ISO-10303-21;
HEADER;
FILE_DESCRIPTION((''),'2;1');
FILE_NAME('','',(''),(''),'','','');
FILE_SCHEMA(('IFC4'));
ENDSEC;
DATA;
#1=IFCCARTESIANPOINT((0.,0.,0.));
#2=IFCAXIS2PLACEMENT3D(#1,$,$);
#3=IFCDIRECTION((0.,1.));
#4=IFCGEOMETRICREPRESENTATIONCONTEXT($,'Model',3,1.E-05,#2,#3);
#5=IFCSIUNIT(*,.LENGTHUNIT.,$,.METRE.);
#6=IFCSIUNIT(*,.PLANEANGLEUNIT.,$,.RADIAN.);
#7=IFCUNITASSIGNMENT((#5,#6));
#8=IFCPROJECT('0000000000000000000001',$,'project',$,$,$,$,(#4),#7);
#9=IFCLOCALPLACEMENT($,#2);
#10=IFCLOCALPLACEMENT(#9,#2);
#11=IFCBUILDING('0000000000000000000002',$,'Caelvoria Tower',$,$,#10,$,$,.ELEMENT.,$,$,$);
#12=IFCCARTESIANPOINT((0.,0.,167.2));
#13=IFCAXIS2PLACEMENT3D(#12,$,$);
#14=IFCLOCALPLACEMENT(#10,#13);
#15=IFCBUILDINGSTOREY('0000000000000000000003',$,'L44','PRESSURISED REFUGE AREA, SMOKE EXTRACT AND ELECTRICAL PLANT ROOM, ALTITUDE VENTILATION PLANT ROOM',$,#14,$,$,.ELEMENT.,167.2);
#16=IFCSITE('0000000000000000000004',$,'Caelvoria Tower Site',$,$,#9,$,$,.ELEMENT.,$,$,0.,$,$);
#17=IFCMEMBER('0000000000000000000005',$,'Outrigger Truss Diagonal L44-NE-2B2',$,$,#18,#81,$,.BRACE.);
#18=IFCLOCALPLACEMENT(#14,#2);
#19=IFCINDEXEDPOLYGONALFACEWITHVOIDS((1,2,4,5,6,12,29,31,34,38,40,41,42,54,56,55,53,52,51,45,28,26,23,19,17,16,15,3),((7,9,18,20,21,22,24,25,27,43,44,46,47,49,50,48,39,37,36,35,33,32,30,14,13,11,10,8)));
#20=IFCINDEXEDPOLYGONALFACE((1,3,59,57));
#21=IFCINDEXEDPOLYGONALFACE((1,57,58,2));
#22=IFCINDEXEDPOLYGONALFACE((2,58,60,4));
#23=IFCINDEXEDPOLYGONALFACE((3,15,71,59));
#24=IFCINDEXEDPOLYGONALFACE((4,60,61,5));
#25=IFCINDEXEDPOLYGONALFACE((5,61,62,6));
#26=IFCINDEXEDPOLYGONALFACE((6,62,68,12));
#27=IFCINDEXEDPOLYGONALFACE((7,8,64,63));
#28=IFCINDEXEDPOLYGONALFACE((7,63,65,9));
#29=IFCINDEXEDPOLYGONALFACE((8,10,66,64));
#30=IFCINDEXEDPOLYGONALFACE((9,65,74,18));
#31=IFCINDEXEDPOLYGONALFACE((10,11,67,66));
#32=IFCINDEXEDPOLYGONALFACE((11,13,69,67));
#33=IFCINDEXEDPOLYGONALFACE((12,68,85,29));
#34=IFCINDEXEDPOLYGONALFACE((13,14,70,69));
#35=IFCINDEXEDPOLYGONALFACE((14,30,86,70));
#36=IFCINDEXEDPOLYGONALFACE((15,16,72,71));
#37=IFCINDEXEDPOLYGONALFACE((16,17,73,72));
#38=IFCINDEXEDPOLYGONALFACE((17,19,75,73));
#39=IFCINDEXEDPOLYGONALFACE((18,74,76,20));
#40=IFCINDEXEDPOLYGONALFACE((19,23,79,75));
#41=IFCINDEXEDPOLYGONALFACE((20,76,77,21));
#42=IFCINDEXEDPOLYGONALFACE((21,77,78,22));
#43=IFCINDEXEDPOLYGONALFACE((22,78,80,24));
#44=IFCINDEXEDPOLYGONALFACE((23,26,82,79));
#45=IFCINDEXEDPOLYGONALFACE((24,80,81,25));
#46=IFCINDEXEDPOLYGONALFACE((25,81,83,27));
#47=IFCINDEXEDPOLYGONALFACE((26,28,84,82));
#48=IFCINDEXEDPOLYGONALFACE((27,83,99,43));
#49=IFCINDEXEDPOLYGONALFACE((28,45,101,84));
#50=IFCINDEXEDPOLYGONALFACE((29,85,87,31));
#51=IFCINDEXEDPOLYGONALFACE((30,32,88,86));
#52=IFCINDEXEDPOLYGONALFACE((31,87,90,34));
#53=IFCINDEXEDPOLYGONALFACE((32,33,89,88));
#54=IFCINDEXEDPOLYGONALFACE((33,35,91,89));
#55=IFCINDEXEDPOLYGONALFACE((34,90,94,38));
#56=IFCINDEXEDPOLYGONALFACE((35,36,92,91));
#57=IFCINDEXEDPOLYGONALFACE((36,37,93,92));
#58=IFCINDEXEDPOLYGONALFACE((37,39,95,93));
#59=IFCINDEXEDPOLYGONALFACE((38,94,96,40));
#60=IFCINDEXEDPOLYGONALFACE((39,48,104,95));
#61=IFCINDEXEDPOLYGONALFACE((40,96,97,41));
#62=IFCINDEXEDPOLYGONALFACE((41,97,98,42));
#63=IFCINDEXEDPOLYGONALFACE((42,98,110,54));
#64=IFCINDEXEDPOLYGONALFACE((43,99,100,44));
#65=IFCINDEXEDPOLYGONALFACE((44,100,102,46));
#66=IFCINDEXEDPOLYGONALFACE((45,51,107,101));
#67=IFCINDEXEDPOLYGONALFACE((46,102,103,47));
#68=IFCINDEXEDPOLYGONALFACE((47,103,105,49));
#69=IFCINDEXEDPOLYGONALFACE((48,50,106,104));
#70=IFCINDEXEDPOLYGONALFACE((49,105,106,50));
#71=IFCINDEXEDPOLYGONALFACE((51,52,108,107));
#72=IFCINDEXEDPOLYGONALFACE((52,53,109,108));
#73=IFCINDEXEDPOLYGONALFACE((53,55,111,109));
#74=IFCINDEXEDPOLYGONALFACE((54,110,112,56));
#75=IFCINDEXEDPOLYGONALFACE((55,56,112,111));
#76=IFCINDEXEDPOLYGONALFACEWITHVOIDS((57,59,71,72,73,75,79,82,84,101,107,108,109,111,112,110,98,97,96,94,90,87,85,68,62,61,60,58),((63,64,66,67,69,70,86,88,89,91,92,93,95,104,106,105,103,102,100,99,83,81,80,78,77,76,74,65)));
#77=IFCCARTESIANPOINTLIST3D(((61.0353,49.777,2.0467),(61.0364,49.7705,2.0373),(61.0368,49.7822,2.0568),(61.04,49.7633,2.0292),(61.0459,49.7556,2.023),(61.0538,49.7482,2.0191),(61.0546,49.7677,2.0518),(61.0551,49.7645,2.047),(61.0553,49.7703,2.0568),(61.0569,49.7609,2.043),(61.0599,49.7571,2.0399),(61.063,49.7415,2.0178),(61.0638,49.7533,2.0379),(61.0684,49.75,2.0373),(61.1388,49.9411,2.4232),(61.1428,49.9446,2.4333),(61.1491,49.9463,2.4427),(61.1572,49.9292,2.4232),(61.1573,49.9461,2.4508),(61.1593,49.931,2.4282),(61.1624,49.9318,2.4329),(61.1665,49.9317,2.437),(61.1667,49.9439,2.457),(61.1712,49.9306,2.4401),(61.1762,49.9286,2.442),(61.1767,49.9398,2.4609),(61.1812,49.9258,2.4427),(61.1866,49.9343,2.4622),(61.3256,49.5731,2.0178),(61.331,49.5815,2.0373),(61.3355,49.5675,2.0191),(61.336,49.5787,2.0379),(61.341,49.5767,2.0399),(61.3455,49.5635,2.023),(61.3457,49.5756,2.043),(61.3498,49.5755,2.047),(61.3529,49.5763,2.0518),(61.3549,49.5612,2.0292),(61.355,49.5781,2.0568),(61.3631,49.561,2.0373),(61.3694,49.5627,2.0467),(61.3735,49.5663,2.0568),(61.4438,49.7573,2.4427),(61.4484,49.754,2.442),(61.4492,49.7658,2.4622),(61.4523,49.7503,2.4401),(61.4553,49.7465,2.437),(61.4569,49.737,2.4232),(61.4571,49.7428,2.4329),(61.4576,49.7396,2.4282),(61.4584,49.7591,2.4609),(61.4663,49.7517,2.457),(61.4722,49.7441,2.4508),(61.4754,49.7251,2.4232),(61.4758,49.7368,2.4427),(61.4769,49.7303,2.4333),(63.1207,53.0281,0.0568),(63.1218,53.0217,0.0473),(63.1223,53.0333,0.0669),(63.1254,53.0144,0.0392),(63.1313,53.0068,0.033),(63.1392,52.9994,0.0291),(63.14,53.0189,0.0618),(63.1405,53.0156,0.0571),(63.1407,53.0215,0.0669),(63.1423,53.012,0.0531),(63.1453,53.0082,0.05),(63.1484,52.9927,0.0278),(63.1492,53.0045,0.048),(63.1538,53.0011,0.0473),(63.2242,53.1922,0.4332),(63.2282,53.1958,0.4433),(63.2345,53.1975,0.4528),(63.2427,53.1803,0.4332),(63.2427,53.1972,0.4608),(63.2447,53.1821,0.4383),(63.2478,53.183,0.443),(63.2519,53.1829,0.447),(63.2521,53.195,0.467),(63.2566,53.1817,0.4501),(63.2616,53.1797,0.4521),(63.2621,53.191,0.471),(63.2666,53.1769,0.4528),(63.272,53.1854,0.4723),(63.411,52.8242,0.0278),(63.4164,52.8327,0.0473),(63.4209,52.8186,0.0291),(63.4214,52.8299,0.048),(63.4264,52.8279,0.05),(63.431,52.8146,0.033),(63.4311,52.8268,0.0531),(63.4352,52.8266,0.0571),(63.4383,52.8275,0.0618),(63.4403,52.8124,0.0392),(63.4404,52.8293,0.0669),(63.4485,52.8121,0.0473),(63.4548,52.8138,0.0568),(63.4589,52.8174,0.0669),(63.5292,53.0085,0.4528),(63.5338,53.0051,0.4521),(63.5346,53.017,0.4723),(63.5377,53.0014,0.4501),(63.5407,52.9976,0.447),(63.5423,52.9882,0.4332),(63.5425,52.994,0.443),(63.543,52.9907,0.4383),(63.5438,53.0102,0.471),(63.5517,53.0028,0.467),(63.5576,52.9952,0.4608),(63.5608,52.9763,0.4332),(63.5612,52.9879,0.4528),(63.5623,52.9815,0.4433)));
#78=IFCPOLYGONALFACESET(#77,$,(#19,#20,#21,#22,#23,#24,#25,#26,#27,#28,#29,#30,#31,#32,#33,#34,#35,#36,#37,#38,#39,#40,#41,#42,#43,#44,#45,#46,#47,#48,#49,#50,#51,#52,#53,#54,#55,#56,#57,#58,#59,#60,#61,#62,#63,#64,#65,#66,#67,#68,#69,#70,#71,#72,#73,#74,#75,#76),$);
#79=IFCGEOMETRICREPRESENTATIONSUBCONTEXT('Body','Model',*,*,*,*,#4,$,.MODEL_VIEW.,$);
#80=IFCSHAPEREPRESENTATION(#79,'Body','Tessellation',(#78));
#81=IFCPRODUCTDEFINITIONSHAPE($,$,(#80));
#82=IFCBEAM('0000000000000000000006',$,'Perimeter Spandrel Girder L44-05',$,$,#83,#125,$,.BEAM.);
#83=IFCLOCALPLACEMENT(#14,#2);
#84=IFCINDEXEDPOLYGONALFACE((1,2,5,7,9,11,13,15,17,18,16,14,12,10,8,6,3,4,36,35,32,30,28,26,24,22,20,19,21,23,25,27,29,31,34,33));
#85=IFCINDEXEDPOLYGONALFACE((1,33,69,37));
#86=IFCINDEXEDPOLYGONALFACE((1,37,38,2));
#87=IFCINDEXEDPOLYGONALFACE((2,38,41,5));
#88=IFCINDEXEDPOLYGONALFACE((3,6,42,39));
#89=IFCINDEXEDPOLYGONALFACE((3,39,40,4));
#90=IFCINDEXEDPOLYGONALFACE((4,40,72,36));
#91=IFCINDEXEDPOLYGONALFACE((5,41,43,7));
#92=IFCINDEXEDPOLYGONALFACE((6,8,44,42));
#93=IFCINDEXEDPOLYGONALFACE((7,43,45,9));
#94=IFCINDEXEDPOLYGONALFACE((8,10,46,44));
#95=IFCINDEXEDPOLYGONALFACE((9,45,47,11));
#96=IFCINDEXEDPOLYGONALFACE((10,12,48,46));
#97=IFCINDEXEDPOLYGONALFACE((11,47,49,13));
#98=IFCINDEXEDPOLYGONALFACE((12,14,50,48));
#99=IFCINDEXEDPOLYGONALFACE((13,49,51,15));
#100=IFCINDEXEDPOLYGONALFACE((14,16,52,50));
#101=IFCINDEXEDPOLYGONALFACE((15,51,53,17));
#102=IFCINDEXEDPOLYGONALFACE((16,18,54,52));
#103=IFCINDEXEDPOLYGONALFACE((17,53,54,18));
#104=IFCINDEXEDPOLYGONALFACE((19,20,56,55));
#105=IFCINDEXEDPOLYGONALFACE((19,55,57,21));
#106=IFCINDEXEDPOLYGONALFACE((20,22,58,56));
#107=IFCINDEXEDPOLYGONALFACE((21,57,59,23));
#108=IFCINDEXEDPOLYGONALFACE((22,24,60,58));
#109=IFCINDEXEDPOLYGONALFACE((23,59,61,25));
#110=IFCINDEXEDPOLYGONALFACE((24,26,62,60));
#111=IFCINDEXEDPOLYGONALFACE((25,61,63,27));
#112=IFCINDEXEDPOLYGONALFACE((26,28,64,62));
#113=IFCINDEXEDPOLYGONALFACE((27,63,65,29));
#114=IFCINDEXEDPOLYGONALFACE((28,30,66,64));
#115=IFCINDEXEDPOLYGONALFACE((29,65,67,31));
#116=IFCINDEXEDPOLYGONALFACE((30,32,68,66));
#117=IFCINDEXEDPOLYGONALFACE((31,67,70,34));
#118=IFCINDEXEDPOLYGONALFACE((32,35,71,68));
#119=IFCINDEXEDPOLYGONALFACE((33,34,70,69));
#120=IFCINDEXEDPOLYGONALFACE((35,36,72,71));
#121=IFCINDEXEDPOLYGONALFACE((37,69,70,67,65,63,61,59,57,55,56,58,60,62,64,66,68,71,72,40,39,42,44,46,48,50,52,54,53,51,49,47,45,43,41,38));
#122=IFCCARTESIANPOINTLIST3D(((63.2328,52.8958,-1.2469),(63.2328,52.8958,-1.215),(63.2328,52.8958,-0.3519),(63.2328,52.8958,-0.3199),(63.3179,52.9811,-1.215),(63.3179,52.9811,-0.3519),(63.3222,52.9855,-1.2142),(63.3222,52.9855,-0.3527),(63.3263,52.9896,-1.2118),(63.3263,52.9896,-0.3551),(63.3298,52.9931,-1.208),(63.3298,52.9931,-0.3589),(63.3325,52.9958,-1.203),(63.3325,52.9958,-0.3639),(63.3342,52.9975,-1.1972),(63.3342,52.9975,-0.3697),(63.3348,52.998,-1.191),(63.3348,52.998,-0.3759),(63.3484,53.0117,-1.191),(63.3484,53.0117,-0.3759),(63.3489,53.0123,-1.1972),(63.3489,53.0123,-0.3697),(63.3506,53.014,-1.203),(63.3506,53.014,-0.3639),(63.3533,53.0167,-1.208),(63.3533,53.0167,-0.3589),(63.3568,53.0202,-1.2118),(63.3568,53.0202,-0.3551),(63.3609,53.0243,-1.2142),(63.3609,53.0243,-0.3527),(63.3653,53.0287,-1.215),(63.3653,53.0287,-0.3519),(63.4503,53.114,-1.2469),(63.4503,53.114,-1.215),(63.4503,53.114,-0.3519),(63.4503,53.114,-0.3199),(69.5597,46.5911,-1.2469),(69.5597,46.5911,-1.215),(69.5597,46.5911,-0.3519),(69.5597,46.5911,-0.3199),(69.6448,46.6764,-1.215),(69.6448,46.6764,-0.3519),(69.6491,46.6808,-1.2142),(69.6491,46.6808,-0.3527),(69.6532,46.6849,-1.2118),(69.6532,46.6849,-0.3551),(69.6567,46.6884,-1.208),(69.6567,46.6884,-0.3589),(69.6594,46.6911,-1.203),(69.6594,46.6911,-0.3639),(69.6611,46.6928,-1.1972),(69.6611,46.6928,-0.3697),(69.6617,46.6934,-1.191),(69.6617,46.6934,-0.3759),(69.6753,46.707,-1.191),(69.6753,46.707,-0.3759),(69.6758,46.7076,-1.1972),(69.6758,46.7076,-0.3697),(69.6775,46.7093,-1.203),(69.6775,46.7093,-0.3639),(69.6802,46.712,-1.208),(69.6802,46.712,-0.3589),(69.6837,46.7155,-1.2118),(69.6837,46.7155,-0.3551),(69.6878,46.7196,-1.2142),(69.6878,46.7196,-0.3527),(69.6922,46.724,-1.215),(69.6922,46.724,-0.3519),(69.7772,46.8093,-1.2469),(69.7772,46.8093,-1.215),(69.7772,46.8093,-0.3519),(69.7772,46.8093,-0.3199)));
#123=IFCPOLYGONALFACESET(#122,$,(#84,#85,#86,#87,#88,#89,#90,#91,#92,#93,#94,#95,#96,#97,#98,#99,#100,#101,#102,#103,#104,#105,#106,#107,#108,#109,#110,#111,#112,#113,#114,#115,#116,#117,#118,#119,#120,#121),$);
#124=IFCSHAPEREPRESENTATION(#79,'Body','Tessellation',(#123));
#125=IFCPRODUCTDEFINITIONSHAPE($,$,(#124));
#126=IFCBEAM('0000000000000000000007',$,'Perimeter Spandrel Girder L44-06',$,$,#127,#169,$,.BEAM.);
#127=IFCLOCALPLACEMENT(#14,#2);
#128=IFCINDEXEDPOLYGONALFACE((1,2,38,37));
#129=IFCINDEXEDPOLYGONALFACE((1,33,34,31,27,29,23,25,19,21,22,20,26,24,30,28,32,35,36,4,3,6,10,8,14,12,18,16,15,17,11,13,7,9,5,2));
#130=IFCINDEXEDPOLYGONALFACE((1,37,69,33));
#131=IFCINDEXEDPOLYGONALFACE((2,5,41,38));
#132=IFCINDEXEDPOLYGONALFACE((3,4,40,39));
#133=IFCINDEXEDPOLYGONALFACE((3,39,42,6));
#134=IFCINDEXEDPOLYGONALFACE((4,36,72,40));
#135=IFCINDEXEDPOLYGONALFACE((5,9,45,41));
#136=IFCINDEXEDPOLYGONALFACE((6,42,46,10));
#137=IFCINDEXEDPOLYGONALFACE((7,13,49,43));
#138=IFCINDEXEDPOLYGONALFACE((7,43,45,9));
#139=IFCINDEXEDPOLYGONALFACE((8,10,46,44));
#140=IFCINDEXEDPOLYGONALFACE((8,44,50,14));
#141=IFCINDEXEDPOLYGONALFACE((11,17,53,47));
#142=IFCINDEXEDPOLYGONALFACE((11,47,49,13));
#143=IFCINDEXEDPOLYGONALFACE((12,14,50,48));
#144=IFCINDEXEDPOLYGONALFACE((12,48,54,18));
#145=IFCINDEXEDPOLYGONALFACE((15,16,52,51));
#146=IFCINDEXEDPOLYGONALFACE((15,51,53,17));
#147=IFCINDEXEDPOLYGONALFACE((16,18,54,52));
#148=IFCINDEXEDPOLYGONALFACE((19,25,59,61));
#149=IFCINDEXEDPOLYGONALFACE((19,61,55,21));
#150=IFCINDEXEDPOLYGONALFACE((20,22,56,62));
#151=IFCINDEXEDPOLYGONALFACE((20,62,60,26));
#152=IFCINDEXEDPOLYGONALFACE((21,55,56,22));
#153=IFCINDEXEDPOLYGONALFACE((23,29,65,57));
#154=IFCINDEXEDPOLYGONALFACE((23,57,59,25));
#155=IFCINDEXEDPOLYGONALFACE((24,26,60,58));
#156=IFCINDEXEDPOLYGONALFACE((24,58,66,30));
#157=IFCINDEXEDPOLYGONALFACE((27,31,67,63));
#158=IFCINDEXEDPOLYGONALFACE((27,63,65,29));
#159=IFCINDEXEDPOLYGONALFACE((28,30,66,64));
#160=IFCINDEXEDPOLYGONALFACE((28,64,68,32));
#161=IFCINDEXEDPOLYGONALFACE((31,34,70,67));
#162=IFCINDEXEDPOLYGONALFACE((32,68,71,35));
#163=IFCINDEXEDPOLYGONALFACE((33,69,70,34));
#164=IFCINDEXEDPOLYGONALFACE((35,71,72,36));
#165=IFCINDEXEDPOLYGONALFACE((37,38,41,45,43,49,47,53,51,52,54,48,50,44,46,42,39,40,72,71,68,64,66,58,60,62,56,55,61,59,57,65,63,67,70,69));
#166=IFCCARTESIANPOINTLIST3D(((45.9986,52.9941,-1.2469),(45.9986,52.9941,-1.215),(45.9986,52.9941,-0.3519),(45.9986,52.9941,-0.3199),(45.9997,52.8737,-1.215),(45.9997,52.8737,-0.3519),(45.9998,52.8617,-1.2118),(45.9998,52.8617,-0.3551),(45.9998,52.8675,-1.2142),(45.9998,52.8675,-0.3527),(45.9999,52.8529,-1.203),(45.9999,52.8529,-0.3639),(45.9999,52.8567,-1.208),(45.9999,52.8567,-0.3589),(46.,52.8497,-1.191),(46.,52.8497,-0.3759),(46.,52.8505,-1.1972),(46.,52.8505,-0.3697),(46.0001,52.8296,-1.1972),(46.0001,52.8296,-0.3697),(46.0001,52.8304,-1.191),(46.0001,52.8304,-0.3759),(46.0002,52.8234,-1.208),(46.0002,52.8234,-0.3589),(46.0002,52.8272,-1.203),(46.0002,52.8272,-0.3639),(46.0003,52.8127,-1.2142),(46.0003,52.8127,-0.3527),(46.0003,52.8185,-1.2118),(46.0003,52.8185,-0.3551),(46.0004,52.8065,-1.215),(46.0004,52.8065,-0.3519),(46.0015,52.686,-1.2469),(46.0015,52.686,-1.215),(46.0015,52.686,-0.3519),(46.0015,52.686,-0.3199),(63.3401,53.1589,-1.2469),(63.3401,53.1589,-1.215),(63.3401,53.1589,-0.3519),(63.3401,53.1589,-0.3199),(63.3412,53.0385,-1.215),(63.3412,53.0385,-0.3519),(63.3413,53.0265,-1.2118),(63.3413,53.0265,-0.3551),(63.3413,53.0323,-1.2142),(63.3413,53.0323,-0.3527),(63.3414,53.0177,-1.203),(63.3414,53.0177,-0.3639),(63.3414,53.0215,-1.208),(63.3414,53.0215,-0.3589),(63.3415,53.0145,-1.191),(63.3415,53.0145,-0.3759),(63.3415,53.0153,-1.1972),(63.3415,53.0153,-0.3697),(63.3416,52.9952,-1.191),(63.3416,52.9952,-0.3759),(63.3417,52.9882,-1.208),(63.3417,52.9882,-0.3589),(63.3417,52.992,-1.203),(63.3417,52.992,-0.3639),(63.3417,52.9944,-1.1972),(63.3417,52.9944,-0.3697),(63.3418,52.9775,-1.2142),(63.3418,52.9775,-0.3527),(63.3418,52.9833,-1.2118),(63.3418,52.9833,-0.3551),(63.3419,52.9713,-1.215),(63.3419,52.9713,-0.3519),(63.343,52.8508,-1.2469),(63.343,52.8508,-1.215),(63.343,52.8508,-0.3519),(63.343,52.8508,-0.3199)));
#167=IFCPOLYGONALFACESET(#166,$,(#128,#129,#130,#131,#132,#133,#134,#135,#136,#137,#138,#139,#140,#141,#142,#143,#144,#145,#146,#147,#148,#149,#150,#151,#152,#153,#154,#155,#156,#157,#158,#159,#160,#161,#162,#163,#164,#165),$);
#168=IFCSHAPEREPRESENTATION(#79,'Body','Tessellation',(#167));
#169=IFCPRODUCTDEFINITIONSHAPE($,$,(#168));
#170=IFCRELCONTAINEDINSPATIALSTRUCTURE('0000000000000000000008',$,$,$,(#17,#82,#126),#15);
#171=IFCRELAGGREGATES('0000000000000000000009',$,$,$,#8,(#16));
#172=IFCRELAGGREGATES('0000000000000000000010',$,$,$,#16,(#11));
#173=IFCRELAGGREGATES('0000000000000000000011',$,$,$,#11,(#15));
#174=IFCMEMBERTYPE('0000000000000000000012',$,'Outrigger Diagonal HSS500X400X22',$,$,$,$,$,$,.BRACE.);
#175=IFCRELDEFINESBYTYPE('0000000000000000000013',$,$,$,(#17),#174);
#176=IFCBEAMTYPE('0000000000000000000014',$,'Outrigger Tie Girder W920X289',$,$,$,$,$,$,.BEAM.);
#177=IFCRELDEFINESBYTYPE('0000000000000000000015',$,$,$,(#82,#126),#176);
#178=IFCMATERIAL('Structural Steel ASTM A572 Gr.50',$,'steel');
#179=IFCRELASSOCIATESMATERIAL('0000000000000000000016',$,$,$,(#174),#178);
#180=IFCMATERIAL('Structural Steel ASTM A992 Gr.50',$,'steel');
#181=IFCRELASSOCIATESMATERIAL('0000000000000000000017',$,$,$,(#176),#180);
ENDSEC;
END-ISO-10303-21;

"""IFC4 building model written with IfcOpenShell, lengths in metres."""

from ifc_helpers import new_model, si_unit, direction, frame, origin, origin_2d, place, context, subcontext, project, spatial, hollow_rectangle, i_section, extrude, material, material_profile, profile_set, type_object, element, save


model = new_model("IFC4")

# Units and contexts
model_context = context("Model", 3, precision=1e-05, world=origin(), true_north=direction((0.0, 1.0)))
body_context = subcontext(model_context, "Body", "Model", "MODEL_VIEW")
ifc_project = project(units=[si_unit("LENGTHUNIT", "METRE"), si_unit("PLANEANGLEUNIT", "RADIAN")], contexts=[model_context])

# Site, building, storey
site_placement = place(None, origin())
site = spatial("IfcSite", under=ifc_project, at=site_placement, Name="Caelvoria Tower Site", CompositionType="ELEMENT", RefElevation=0.0)
building_placement = place(site_placement, origin())
building = spatial("IfcBuilding", under=site, at=building_placement, Name="Caelvoria Tower", CompositionType="ELEMENT")
storey_placement = place(building_placement, frame((0.0, 0.0, 167.2)))
storey = spatial("IfcBuildingStorey", under=building, at=storey_placement, Name="L44", Description="PRESSURISED REFUGE AREA, SMOKE EXTRACT AND ELECTRICAL PLANT ROOM, ALTITUDE VENTILATION PLANT ROOM", CompositionType="ELEMENT", Elevation=167.2)

# Shared definitions
ifc_material_1 = material(Name="Structural Steel ASTM A572 Gr.50", Category="steel")

# Member
ifc_material_profile_1 = material_profile(ifc_material_1, hollow_rectangle(XDim=0.3999, YDim=0.5, WallThickness=0.022, InnerFilletRadius=0.022, OuterFilletRadius=0.0439, at=origin_2d()), Name="Structural Steel ASTM A572 Gr.50")
ifc_profile_set_1 = profile_set([ifc_material_profile_1], Name="HSS500X400X22 - Structural Steel ASTM A572 Gr.50")
member_type_1 = type_object("IfcMemberType", Name="Outrigger Diagonal HSS500X400X22", PredefinedType="BRACE", material=ifc_profile_set_1)
for number, where, z_axis, x_axis, name in (
    (1, (61.2561, 49.7537, 2.24), (0.479958, 0.748256, -0.457989), (-0.841722, 0.539911, 0.0), "Outrigger Truss Diagonal L44-NE-2B2"),
):
    element("IfcMember", number, at=place(storey_placement, frame(where, z_axis=z_axis, x_axis=x_axis)), inside=storey, type_object=member_type_1, Name=name, PredefinedType="BRACE", context=body_context, shape_type="SweptSolid", body=[
        extrude(hollow_rectangle(XDim=0.3999, YDim=0.5, WallThickness=0.022, InnerFilletRadius=0.022, OuterFilletRadius=0.0439, at=origin_2d()), origin(), (0.0, 0.0, 1.0), 4.345),
    ])

# Beams
ifc_material_2 = material(Name="Structural Steel ASTM A992 Gr.50", Category="steel")
ifc_material_profile_2 = material_profile(ifc_material_2, i_section(OverallWidth=0.3081, OverallDepth=0.927, WebThickness=0.0193, FlangeThickness=0.032, FilletRadius=0.0239, at=origin_2d()), Name="Structural Steel ASTM A992 Gr.50")
ifc_profile_set_2 = profile_set([ifc_material_profile_2], Name="W920X289 - Structural Steel ASTM A992 Gr.50")
beam_type_1 = type_object("IfcBeamType", Name="Outrigger Tie Girder W920X289", PredefinedType="BEAM", material=ifc_profile_set_2)
beam_1_placement = place(storey_placement, frame((69.6685, 46.7002, -0.7834), z_axis=(-0.708349, 0.705862, 0.0), x_axis=(-0.705862, -0.708349, 0.0)))
element("IfcBeam", 2, at=beam_1_placement, inside=storey, type_object=beam_type_1, Name="Perimeter Spandrel Girder L44-05", PredefinedType="BEAM", context=body_context, shape_type="SweptSolid", body=[
    extrude(i_section(OverallWidth=0.3081, OverallDepth=0.927, WebThickness=0.0193, FlangeThickness=0.032, FilletRadius=0.0239, at=origin_2d()), origin(), (0.0, 0.0, 1.0), 8.9319),
])
beam_2_placement = place(storey_placement, frame((63.3416, 53.0049, -0.7834), z_axis=(-0.999955, -0.009502, 0.0), x_axis=(0.009502, -0.999955, 0.0)))
element("IfcBeam", 3, at=beam_2_placement, inside=storey, type_object=beam_type_1, Name="Perimeter Spandrel Girder L44-06", PredefinedType="BEAM", context=body_context, shape_type="SweptSolid", body=[
    extrude(i_section(OverallWidth=0.3081, OverallDepth=0.927, WebThickness=0.0193, FlangeThickness=0.032, FilletRadius=0.0239, at=origin_2d()), origin(), (0.0, 0.0, 1.0), 17.3423),
])

save(model, "model.ifc")
